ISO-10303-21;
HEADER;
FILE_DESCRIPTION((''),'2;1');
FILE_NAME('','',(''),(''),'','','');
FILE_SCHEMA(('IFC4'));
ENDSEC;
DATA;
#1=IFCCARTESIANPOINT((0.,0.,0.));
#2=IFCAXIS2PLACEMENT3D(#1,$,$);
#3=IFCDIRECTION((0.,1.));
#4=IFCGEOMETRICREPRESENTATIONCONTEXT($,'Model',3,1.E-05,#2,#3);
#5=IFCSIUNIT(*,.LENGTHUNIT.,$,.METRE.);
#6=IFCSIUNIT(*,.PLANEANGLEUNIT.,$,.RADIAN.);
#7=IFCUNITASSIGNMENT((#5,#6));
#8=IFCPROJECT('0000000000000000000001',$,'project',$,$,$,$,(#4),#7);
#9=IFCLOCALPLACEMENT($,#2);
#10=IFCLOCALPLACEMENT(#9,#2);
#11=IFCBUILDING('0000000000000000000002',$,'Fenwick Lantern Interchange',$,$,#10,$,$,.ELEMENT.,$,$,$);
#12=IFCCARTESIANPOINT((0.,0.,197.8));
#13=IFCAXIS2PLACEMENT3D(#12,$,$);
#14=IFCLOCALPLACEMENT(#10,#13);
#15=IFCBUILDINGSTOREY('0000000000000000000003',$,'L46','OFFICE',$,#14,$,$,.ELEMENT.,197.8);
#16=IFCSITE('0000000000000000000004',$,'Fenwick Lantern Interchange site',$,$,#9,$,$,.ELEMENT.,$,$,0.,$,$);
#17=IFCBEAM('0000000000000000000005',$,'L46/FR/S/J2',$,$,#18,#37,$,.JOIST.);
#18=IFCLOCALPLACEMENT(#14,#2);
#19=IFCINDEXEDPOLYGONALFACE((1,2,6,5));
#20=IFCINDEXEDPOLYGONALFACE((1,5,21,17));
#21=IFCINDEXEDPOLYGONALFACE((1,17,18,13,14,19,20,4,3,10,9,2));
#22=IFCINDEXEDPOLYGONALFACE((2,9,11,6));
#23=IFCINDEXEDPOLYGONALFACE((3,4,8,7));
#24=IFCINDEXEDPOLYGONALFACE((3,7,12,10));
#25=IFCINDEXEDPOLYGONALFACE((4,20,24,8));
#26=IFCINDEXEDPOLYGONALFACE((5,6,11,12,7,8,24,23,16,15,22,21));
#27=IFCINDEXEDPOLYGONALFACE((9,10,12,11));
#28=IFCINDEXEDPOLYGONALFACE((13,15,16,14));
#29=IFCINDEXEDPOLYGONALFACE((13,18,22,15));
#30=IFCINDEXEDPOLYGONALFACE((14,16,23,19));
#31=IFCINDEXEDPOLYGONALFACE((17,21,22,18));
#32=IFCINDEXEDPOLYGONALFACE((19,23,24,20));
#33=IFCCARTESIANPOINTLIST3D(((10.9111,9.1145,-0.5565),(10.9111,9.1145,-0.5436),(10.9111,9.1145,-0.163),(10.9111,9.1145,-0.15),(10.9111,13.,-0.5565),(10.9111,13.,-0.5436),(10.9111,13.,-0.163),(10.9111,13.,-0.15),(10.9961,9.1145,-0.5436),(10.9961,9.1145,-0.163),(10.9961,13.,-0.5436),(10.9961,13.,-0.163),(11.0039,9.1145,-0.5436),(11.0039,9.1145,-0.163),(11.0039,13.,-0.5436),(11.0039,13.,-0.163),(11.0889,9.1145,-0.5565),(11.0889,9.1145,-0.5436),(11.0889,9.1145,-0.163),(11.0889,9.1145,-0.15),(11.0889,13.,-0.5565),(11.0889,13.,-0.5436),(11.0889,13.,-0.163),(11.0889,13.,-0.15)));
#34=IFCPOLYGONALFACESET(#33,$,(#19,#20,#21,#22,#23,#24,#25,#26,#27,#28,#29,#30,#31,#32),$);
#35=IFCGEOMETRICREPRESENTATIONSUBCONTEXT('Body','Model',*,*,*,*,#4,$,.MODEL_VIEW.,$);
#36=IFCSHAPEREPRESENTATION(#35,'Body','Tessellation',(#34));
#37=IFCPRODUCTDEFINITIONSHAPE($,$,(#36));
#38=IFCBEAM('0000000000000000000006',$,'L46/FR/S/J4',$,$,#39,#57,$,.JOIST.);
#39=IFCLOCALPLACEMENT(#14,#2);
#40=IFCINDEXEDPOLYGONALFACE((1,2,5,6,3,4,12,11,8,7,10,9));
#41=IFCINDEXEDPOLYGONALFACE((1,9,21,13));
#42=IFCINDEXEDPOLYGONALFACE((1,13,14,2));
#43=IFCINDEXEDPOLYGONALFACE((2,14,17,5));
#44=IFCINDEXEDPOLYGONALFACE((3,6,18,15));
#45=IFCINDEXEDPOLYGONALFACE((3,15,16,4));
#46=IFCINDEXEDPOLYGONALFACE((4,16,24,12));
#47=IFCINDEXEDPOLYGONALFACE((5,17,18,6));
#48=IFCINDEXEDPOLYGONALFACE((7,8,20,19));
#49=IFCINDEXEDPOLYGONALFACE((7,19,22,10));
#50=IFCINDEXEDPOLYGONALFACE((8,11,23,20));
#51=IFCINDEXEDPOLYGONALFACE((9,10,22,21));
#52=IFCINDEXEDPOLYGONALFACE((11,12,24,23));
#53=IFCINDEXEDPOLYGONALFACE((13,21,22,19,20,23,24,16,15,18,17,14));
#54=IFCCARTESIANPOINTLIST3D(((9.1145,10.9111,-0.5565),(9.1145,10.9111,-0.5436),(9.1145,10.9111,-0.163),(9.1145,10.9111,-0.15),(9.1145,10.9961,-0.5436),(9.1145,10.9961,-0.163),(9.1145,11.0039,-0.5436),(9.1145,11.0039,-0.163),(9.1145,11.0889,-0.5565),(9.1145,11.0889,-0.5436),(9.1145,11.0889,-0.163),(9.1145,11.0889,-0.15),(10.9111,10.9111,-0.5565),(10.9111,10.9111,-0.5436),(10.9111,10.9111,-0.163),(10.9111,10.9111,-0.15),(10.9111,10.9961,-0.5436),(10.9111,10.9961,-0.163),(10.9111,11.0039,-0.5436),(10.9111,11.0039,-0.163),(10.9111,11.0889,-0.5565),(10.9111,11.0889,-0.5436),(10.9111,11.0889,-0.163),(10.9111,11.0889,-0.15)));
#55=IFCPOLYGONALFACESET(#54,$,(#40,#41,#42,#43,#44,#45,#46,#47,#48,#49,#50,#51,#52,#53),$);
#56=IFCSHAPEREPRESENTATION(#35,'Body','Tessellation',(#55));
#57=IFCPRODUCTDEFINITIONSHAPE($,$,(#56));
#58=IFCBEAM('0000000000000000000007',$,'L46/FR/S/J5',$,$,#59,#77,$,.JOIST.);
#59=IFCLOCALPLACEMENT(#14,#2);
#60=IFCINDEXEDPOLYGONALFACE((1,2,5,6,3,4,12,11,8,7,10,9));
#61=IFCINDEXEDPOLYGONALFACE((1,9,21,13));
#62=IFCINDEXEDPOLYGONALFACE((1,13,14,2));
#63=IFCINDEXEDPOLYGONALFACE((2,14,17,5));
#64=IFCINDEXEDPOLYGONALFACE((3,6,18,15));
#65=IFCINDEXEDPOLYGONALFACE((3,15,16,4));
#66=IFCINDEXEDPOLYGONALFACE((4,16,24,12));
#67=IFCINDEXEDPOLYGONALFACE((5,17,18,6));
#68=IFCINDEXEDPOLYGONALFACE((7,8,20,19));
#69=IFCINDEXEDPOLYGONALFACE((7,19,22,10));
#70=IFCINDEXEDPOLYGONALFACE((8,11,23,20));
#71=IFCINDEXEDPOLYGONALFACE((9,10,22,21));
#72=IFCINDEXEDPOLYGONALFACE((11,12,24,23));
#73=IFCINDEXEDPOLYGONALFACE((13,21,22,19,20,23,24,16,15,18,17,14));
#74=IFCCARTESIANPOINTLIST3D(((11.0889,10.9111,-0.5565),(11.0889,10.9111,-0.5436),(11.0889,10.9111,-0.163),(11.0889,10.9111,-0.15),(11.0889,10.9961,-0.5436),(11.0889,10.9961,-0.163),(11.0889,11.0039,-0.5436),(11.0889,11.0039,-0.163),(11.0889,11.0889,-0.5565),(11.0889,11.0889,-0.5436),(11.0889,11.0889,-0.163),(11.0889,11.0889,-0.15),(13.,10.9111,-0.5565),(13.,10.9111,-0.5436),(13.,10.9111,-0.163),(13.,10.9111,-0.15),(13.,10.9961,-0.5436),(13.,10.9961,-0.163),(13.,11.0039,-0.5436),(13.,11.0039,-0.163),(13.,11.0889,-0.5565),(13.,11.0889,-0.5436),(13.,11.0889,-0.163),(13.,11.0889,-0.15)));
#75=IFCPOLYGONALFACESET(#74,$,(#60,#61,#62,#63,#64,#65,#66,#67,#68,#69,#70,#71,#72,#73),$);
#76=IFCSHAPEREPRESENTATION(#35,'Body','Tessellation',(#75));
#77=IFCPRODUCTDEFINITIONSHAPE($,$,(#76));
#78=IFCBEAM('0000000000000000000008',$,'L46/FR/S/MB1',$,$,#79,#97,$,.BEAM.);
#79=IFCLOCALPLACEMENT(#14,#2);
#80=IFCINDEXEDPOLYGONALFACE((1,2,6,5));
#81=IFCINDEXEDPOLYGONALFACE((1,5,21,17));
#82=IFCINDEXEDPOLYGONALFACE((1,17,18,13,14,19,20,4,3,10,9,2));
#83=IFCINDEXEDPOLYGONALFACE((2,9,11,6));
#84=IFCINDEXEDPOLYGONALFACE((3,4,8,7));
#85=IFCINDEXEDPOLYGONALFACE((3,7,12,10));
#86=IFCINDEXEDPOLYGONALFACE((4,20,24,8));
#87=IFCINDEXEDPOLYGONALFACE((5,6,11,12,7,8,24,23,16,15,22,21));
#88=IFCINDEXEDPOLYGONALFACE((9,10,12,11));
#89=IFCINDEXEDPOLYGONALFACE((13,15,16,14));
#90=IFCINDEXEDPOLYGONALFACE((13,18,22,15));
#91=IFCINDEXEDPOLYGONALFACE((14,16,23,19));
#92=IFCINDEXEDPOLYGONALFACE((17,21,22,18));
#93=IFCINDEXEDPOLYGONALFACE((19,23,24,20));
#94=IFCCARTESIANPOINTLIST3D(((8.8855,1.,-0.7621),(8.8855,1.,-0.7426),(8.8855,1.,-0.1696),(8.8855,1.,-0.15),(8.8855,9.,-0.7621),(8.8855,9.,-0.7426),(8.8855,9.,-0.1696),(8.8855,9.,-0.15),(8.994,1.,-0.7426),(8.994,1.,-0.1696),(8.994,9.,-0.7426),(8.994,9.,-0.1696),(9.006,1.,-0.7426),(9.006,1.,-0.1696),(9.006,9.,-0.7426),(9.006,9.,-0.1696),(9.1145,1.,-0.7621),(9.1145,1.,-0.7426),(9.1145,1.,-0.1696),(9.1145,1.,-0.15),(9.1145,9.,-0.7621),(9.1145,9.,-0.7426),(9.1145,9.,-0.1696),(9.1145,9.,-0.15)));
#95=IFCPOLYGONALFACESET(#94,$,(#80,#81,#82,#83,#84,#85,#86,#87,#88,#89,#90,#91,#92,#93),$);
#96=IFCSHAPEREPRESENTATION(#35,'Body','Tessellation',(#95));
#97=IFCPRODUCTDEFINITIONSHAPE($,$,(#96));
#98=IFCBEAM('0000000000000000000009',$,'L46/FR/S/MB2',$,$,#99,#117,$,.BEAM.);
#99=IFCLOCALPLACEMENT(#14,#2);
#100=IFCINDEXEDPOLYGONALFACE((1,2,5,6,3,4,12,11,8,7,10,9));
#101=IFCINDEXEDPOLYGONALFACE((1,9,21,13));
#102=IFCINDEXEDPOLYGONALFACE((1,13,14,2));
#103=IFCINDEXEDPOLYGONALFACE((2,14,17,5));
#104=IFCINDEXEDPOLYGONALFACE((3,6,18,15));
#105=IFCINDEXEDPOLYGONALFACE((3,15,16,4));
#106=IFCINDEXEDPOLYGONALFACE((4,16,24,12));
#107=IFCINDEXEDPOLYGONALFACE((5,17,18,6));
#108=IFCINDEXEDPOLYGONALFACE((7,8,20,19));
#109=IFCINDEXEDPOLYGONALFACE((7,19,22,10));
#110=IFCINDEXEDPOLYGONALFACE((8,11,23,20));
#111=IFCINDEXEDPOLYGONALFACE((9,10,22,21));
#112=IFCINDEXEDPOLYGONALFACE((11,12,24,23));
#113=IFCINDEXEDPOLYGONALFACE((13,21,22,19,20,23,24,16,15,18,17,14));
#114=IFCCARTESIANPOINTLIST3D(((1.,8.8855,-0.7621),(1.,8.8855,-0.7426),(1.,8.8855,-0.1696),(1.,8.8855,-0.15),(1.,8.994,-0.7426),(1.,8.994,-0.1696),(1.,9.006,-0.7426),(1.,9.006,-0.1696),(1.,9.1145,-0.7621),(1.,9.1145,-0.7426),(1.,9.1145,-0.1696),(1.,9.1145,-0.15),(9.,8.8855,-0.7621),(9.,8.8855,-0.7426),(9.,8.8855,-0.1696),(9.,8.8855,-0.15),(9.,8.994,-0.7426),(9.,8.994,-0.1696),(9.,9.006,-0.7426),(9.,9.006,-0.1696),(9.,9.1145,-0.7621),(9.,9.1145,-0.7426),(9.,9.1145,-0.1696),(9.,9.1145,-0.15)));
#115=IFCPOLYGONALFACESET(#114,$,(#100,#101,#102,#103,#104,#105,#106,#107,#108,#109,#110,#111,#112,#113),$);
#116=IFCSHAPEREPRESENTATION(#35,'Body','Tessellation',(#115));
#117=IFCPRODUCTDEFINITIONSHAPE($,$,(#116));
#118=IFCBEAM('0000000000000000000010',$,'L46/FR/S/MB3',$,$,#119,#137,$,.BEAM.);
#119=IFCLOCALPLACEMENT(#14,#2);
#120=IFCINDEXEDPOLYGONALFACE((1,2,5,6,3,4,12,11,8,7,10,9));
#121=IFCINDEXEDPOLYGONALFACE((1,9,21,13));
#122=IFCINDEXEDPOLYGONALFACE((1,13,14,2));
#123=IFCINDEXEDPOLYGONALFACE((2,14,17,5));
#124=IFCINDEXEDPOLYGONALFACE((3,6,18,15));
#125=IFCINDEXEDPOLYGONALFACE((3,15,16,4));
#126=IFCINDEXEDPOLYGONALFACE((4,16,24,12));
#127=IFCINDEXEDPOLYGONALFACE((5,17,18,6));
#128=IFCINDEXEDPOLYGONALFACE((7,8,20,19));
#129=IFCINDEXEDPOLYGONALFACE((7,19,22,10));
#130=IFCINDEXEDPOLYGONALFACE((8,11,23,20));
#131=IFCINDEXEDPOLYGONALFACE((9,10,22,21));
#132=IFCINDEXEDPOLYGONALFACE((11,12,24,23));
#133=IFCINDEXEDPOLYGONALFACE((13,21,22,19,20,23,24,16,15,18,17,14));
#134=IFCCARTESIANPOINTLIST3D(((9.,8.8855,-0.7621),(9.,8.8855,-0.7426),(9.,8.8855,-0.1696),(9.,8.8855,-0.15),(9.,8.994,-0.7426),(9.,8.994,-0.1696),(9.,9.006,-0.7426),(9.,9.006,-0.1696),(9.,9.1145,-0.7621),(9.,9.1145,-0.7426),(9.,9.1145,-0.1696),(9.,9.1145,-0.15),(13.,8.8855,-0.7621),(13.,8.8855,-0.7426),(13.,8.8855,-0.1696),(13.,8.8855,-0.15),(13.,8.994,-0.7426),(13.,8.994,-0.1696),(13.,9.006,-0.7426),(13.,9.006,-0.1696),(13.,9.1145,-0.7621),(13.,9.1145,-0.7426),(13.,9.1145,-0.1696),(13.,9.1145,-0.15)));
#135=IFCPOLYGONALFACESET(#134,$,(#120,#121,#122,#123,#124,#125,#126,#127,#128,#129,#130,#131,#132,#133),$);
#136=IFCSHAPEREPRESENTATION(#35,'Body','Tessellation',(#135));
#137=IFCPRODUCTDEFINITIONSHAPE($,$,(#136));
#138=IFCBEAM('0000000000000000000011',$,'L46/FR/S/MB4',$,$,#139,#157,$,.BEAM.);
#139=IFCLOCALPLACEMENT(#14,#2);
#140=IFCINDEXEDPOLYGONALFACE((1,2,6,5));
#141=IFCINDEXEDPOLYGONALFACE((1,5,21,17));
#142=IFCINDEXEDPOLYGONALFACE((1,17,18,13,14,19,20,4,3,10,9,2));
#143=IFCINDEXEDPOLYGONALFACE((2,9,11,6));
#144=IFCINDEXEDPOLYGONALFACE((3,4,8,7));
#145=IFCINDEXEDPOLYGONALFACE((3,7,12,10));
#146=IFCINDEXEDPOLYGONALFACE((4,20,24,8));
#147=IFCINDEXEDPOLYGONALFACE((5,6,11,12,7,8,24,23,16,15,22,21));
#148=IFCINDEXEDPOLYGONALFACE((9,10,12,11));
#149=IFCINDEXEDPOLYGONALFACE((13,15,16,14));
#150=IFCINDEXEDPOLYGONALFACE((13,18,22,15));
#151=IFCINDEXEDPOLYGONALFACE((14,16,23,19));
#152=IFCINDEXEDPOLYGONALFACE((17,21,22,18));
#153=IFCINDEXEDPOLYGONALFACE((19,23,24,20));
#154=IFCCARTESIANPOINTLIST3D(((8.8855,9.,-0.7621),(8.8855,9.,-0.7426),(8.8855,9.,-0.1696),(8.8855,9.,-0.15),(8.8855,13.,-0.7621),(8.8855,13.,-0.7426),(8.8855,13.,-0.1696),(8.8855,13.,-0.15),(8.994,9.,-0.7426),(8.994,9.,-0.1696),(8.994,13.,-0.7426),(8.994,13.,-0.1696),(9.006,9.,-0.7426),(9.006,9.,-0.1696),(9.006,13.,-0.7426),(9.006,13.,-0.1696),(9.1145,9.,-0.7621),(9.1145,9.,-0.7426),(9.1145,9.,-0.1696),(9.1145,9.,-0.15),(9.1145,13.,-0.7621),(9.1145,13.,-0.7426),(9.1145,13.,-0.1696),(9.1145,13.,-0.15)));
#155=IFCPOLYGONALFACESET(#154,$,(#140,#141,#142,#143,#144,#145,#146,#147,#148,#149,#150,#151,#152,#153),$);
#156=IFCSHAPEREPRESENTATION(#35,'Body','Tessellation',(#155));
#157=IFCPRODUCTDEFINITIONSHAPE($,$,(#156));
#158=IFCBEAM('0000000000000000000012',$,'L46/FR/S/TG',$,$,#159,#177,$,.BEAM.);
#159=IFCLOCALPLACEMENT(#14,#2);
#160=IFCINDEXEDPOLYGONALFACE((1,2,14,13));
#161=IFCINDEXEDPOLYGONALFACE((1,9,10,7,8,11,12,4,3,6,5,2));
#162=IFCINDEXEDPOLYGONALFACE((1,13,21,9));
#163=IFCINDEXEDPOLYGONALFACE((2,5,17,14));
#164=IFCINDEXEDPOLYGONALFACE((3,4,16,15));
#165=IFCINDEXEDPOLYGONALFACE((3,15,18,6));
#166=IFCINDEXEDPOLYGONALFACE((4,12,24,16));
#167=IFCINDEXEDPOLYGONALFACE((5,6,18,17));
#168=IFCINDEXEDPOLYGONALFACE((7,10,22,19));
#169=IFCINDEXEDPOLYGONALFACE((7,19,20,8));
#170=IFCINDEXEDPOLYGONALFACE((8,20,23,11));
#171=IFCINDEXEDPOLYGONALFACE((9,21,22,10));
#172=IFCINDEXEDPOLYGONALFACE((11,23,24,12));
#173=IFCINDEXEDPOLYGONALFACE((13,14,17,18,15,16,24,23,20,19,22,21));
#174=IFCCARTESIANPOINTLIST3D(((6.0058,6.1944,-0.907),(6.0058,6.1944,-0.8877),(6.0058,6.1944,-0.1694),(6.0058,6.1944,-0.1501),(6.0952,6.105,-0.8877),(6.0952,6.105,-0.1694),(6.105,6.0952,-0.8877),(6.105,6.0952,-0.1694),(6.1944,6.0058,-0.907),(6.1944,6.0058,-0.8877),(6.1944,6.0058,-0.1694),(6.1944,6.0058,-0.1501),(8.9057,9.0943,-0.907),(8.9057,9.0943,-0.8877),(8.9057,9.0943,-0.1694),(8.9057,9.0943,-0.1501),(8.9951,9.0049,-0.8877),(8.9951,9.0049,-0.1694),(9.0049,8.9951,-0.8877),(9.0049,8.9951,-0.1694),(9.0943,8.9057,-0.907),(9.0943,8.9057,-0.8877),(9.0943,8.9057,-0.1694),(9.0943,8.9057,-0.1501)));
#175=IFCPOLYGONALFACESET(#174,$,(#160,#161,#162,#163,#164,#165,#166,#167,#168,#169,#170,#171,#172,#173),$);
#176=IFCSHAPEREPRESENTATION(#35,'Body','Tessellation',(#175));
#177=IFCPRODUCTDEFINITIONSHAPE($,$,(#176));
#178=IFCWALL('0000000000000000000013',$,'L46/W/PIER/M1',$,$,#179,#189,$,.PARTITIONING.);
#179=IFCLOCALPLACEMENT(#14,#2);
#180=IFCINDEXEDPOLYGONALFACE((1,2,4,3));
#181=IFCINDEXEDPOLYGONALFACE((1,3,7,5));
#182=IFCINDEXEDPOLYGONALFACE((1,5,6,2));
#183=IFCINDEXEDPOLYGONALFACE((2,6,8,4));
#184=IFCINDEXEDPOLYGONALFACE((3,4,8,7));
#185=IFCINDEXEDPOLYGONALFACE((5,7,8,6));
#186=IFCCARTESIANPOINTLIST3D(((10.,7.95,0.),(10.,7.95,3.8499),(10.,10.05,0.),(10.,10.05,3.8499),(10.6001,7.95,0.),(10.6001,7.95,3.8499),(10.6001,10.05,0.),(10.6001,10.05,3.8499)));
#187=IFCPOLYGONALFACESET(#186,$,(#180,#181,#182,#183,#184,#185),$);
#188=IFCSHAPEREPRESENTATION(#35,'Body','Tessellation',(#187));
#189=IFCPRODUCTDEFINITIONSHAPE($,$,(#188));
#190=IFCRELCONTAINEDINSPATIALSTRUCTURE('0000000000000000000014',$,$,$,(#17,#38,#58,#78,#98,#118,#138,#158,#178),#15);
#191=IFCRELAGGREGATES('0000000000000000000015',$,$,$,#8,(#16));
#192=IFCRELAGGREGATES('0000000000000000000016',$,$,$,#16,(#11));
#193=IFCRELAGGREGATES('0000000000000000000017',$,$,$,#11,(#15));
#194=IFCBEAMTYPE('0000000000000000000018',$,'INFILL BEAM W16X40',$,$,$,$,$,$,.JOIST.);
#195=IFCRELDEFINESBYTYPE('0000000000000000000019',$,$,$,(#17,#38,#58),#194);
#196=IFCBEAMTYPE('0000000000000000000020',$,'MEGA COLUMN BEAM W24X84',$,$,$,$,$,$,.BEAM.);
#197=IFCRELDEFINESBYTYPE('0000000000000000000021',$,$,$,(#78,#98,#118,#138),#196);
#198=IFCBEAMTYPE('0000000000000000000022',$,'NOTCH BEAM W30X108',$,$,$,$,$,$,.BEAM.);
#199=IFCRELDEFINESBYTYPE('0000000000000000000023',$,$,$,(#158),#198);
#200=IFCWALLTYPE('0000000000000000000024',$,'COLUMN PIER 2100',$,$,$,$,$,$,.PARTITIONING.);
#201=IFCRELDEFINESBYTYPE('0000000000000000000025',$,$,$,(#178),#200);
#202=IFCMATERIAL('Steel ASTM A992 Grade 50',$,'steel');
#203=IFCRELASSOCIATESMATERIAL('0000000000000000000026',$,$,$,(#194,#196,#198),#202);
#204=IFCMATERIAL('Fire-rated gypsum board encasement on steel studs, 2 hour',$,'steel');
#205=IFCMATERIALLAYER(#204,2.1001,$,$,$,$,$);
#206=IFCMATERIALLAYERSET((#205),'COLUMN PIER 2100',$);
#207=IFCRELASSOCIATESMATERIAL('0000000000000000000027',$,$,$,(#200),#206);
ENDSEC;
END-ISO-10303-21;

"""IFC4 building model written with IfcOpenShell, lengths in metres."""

from ifc_helpers import new_model, si_unit, direction, frame, frame_2d, origin, origin_2d, place, context, subcontext, project, spatial, rectangle, i_section, extrude, material, layer, layer_set, material_profile, profile_set, type_object, element, save


model = new_model("IFC4")

# Units and contexts
model_context = context("Model", 3, precision=1e-05, world=origin(), true_north=direction((0.0, 1.0)))
body_context = subcontext(model_context, "Body", "Model", "MODEL_VIEW")
ifc_project = project(units=[si_unit("LENGTHUNIT", "METRE"), si_unit("PLANEANGLEUNIT", "RADIAN")], contexts=[model_context])

# Site, building, storey
site_placement = place(None, origin())
site = spatial("IfcSite", under=ifc_project, at=site_placement, Name="Fenwick Lantern Interchange site", CompositionType="ELEMENT", RefElevation=0.0)
building_placement = place(site_placement, origin())
building = spatial("IfcBuilding", under=site, at=building_placement, Name="Fenwick Lantern Interchange", CompositionType="ELEMENT")
storey_placement = place(building_placement, frame((0.0, 0.0, 197.8)))
storey = spatial("IfcBuildingStorey", under=building, at=storey_placement, Name="L46", Description="OFFICE", CompositionType="ELEMENT", Elevation=197.8)

# Beams
ifc_material_1 = material(Name="Steel ASTM A992 Grade 50", Category="steel")
ifc_material_profile_1 = material_profile(ifc_material_1, i_section(OverallWidth=0.1777, OverallDepth=0.4065, WebThickness=0.0078, FlangeThickness=0.0129, at=origin_2d()), Name="W16X40")
ifc_profile_set_1 = profile_set([ifc_material_profile_1], Name="Steel ASTM A992 Grade 50")
beam_type_1 = type_object("IfcBeamType", Name="INFILL BEAM W16X40", PredefinedType="JOIST", material=ifc_profile_set_1)
beam_1_placement = place(storey_placement, frame((11.0, 9.1145, -0.3533), z_axis=(0.0, 1.0, 0.0), x_axis=(-1.0, 0.0, 0.0)))
element("IfcBeam", 1, at=beam_1_placement, inside=storey, type_object=beam_type_1, Name="L46/FR/S/J2", PredefinedType="JOIST", context=body_context, shape_type="SweptSolid", body=[
    extrude(i_section(OverallWidth=0.1777, OverallDepth=0.4065, WebThickness=0.0078, FlangeThickness=0.0129, at=origin_2d()), origin(), (0.0, 0.0, 1.0), 3.8855),
])
beam_2_placement = place(storey_placement, frame((9.1145, 11.0, -0.3533), z_axis=(1.0, 0.0, 0.0), x_axis=(0.0, 1.0, 0.0)))
element("IfcBeam", 2, at=beam_2_placement, inside=storey, type_object=beam_type_1, Name="L46/FR/S/J4", PredefinedType="JOIST", context=body_context, shape_type="SweptSolid", body=[
    extrude(i_section(OverallWidth=0.1777, OverallDepth=0.4065, WebThickness=0.0078, FlangeThickness=0.0129, at=origin_2d()), origin(), (0.0, 0.0, 1.0), 1.7966),
])
beam_3_placement = place(storey_placement, frame((11.0889, 11.0, -0.3533), z_axis=(1.0, 0.0, 0.0), x_axis=(0.0, 1.0, 0.0)))
element("IfcBeam", 3, at=beam_3_placement, inside=storey, type_object=beam_type_1, Name="L46/FR/S/J5", PredefinedType="JOIST", context=body_context, shape_type="SweptSolid", body=[
    extrude(i_section(OverallWidth=0.1777, OverallDepth=0.4065, WebThickness=0.0078, FlangeThickness=0.0129, at=origin_2d()), origin(), (0.0, 0.0, 1.0), 1.9111),
])
ifc_material_profile_2 = material_profile(ifc_material_1, i_section(OverallWidth=0.229, OverallDepth=0.6121, WebThickness=0.012, FlangeThickness=0.0195, at=origin_2d()), Name="W24X84")
ifc_profile_set_2 = profile_set([ifc_material_profile_2], Name="Steel ASTM A992 Grade 50")
beam_type_2 = type_object("IfcBeamType", Name="MEGA COLUMN BEAM W24X84", PredefinedType="BEAM", material=ifc_profile_set_2)
for number, where, z_axis, x_axis, name in (
    (4, (9.0, 9.0, -0.4561), (0.0, -1.0, 0.0), (1.0, 0.0, 0.0), "L46/FR/S/MB1"),
    (5, (9.0, 9.0, -0.4561), (-1.0, 0.0, 0.0), (0.0, -1.0, 0.0), "L46/FR/S/MB2"),
):
    element("IfcBeam", number, at=place(storey_placement, frame(where, z_axis=z_axis, x_axis=x_axis)), inside=storey, type_object=beam_type_2, Name=name, PredefinedType="BEAM", context=body_context, shape_type="SweptSolid", body=[
        extrude(i_section(OverallWidth=0.229, OverallDepth=0.6121, WebThickness=0.012, FlangeThickness=0.0195, at=origin_2d()), origin(), (0.0, 0.0, 1.0), 8.0),
    ])
for number, where, z_axis, x_axis, name in (
    (6, (9.0, 9.0, -0.4561), (1.0, 0.0, 0.0), (0.0, 1.0, 0.0), "L46/FR/S/MB3"),
    (7, (9.0, 9.0, -0.4561), (0.0, 1.0, 0.0), (-1.0, 0.0, 0.0), "L46/FR/S/MB4"),
):
    element("IfcBeam", number, at=place(storey_placement, frame(where, z_axis=z_axis, x_axis=x_axis)), inside=storey, type_object=beam_type_2, Name=name, PredefinedType="BEAM", context=body_context, shape_type="SweptSolid", body=[
        extrude(i_section(OverallWidth=0.229, OverallDepth=0.6121, WebThickness=0.012, FlangeThickness=0.0195, at=origin_2d()), origin(), (0.0, 0.0, 1.0), 4.0),
    ])
ifc_material_profile_3 = material_profile(ifc_material_1, i_section(OverallWidth=0.2666, OverallDepth=0.7568, WebThickness=0.0139, FlangeThickness=0.0193, at=origin_2d()), Name="W30X108")
ifc_profile_set_3 = profile_set([ifc_material_profile_3], Name="Steel ASTM A992 Grade 50")
beam_type_3 = type_object("IfcBeamType", Name="NOTCH BEAM W30X108", PredefinedType="BEAM", material=ifc_profile_set_3)
beam_4_placement = place(storey_placement, frame((9.0, 9.0, -0.5286), z_axis=(-0.707107, -0.707107, 0.0), x_axis=(0.707107, -0.707107, 0.0)))
element("IfcBeam", 8, at=beam_4_placement, inside=storey, type_object=beam_type_3, Name="L46/FR/S/TG", PredefinedType="BEAM", context=body_context, shape_type="SweptSolid", body=[
    extrude(i_section(OverallWidth=0.2666, OverallDepth=0.7568, WebThickness=0.0139, FlangeThickness=0.0193, at=origin_2d()), origin(), (0.0, 0.0, 1.0), 4.1011),
])

# Wall
ifc_material_2 = material(Name="Fire-rated gypsum board encasement on steel studs, 2 hour", Category="steel")
ifc_layer_1 = layer(ifc_material_2, 2.1001)
ifc_layer_set_1 = layer_set([ifc_layer_1], Name="COLUMN PIER 2100")
wall_type_1 = type_object("IfcWallType", Name="COLUMN PIER 2100", PredefinedType="PARTITIONING", material=ifc_layer_set_1)
wall_1_placement = place(storey_placement, frame((10.6001, 9.0, 0.0), z_axis=(0.0, 0.0, 1.0), x_axis=(-1.0, 0.0, 0.0)))
element("IfcWall", 9, at=wall_1_placement, inside=storey, type_object=wall_type_1, Name="L46/W/PIER/M1", PredefinedType="PARTITIONING", context=body_context, shape_type="SweptSolid", body=[
    extrude(rectangle(XDim=0.6001, YDim=2.1001, at=frame_2d((0.3, 0.0))), origin(), (0.0, 0.0, 1.0), 3.8499),
])

save(model, "model.ifc")
